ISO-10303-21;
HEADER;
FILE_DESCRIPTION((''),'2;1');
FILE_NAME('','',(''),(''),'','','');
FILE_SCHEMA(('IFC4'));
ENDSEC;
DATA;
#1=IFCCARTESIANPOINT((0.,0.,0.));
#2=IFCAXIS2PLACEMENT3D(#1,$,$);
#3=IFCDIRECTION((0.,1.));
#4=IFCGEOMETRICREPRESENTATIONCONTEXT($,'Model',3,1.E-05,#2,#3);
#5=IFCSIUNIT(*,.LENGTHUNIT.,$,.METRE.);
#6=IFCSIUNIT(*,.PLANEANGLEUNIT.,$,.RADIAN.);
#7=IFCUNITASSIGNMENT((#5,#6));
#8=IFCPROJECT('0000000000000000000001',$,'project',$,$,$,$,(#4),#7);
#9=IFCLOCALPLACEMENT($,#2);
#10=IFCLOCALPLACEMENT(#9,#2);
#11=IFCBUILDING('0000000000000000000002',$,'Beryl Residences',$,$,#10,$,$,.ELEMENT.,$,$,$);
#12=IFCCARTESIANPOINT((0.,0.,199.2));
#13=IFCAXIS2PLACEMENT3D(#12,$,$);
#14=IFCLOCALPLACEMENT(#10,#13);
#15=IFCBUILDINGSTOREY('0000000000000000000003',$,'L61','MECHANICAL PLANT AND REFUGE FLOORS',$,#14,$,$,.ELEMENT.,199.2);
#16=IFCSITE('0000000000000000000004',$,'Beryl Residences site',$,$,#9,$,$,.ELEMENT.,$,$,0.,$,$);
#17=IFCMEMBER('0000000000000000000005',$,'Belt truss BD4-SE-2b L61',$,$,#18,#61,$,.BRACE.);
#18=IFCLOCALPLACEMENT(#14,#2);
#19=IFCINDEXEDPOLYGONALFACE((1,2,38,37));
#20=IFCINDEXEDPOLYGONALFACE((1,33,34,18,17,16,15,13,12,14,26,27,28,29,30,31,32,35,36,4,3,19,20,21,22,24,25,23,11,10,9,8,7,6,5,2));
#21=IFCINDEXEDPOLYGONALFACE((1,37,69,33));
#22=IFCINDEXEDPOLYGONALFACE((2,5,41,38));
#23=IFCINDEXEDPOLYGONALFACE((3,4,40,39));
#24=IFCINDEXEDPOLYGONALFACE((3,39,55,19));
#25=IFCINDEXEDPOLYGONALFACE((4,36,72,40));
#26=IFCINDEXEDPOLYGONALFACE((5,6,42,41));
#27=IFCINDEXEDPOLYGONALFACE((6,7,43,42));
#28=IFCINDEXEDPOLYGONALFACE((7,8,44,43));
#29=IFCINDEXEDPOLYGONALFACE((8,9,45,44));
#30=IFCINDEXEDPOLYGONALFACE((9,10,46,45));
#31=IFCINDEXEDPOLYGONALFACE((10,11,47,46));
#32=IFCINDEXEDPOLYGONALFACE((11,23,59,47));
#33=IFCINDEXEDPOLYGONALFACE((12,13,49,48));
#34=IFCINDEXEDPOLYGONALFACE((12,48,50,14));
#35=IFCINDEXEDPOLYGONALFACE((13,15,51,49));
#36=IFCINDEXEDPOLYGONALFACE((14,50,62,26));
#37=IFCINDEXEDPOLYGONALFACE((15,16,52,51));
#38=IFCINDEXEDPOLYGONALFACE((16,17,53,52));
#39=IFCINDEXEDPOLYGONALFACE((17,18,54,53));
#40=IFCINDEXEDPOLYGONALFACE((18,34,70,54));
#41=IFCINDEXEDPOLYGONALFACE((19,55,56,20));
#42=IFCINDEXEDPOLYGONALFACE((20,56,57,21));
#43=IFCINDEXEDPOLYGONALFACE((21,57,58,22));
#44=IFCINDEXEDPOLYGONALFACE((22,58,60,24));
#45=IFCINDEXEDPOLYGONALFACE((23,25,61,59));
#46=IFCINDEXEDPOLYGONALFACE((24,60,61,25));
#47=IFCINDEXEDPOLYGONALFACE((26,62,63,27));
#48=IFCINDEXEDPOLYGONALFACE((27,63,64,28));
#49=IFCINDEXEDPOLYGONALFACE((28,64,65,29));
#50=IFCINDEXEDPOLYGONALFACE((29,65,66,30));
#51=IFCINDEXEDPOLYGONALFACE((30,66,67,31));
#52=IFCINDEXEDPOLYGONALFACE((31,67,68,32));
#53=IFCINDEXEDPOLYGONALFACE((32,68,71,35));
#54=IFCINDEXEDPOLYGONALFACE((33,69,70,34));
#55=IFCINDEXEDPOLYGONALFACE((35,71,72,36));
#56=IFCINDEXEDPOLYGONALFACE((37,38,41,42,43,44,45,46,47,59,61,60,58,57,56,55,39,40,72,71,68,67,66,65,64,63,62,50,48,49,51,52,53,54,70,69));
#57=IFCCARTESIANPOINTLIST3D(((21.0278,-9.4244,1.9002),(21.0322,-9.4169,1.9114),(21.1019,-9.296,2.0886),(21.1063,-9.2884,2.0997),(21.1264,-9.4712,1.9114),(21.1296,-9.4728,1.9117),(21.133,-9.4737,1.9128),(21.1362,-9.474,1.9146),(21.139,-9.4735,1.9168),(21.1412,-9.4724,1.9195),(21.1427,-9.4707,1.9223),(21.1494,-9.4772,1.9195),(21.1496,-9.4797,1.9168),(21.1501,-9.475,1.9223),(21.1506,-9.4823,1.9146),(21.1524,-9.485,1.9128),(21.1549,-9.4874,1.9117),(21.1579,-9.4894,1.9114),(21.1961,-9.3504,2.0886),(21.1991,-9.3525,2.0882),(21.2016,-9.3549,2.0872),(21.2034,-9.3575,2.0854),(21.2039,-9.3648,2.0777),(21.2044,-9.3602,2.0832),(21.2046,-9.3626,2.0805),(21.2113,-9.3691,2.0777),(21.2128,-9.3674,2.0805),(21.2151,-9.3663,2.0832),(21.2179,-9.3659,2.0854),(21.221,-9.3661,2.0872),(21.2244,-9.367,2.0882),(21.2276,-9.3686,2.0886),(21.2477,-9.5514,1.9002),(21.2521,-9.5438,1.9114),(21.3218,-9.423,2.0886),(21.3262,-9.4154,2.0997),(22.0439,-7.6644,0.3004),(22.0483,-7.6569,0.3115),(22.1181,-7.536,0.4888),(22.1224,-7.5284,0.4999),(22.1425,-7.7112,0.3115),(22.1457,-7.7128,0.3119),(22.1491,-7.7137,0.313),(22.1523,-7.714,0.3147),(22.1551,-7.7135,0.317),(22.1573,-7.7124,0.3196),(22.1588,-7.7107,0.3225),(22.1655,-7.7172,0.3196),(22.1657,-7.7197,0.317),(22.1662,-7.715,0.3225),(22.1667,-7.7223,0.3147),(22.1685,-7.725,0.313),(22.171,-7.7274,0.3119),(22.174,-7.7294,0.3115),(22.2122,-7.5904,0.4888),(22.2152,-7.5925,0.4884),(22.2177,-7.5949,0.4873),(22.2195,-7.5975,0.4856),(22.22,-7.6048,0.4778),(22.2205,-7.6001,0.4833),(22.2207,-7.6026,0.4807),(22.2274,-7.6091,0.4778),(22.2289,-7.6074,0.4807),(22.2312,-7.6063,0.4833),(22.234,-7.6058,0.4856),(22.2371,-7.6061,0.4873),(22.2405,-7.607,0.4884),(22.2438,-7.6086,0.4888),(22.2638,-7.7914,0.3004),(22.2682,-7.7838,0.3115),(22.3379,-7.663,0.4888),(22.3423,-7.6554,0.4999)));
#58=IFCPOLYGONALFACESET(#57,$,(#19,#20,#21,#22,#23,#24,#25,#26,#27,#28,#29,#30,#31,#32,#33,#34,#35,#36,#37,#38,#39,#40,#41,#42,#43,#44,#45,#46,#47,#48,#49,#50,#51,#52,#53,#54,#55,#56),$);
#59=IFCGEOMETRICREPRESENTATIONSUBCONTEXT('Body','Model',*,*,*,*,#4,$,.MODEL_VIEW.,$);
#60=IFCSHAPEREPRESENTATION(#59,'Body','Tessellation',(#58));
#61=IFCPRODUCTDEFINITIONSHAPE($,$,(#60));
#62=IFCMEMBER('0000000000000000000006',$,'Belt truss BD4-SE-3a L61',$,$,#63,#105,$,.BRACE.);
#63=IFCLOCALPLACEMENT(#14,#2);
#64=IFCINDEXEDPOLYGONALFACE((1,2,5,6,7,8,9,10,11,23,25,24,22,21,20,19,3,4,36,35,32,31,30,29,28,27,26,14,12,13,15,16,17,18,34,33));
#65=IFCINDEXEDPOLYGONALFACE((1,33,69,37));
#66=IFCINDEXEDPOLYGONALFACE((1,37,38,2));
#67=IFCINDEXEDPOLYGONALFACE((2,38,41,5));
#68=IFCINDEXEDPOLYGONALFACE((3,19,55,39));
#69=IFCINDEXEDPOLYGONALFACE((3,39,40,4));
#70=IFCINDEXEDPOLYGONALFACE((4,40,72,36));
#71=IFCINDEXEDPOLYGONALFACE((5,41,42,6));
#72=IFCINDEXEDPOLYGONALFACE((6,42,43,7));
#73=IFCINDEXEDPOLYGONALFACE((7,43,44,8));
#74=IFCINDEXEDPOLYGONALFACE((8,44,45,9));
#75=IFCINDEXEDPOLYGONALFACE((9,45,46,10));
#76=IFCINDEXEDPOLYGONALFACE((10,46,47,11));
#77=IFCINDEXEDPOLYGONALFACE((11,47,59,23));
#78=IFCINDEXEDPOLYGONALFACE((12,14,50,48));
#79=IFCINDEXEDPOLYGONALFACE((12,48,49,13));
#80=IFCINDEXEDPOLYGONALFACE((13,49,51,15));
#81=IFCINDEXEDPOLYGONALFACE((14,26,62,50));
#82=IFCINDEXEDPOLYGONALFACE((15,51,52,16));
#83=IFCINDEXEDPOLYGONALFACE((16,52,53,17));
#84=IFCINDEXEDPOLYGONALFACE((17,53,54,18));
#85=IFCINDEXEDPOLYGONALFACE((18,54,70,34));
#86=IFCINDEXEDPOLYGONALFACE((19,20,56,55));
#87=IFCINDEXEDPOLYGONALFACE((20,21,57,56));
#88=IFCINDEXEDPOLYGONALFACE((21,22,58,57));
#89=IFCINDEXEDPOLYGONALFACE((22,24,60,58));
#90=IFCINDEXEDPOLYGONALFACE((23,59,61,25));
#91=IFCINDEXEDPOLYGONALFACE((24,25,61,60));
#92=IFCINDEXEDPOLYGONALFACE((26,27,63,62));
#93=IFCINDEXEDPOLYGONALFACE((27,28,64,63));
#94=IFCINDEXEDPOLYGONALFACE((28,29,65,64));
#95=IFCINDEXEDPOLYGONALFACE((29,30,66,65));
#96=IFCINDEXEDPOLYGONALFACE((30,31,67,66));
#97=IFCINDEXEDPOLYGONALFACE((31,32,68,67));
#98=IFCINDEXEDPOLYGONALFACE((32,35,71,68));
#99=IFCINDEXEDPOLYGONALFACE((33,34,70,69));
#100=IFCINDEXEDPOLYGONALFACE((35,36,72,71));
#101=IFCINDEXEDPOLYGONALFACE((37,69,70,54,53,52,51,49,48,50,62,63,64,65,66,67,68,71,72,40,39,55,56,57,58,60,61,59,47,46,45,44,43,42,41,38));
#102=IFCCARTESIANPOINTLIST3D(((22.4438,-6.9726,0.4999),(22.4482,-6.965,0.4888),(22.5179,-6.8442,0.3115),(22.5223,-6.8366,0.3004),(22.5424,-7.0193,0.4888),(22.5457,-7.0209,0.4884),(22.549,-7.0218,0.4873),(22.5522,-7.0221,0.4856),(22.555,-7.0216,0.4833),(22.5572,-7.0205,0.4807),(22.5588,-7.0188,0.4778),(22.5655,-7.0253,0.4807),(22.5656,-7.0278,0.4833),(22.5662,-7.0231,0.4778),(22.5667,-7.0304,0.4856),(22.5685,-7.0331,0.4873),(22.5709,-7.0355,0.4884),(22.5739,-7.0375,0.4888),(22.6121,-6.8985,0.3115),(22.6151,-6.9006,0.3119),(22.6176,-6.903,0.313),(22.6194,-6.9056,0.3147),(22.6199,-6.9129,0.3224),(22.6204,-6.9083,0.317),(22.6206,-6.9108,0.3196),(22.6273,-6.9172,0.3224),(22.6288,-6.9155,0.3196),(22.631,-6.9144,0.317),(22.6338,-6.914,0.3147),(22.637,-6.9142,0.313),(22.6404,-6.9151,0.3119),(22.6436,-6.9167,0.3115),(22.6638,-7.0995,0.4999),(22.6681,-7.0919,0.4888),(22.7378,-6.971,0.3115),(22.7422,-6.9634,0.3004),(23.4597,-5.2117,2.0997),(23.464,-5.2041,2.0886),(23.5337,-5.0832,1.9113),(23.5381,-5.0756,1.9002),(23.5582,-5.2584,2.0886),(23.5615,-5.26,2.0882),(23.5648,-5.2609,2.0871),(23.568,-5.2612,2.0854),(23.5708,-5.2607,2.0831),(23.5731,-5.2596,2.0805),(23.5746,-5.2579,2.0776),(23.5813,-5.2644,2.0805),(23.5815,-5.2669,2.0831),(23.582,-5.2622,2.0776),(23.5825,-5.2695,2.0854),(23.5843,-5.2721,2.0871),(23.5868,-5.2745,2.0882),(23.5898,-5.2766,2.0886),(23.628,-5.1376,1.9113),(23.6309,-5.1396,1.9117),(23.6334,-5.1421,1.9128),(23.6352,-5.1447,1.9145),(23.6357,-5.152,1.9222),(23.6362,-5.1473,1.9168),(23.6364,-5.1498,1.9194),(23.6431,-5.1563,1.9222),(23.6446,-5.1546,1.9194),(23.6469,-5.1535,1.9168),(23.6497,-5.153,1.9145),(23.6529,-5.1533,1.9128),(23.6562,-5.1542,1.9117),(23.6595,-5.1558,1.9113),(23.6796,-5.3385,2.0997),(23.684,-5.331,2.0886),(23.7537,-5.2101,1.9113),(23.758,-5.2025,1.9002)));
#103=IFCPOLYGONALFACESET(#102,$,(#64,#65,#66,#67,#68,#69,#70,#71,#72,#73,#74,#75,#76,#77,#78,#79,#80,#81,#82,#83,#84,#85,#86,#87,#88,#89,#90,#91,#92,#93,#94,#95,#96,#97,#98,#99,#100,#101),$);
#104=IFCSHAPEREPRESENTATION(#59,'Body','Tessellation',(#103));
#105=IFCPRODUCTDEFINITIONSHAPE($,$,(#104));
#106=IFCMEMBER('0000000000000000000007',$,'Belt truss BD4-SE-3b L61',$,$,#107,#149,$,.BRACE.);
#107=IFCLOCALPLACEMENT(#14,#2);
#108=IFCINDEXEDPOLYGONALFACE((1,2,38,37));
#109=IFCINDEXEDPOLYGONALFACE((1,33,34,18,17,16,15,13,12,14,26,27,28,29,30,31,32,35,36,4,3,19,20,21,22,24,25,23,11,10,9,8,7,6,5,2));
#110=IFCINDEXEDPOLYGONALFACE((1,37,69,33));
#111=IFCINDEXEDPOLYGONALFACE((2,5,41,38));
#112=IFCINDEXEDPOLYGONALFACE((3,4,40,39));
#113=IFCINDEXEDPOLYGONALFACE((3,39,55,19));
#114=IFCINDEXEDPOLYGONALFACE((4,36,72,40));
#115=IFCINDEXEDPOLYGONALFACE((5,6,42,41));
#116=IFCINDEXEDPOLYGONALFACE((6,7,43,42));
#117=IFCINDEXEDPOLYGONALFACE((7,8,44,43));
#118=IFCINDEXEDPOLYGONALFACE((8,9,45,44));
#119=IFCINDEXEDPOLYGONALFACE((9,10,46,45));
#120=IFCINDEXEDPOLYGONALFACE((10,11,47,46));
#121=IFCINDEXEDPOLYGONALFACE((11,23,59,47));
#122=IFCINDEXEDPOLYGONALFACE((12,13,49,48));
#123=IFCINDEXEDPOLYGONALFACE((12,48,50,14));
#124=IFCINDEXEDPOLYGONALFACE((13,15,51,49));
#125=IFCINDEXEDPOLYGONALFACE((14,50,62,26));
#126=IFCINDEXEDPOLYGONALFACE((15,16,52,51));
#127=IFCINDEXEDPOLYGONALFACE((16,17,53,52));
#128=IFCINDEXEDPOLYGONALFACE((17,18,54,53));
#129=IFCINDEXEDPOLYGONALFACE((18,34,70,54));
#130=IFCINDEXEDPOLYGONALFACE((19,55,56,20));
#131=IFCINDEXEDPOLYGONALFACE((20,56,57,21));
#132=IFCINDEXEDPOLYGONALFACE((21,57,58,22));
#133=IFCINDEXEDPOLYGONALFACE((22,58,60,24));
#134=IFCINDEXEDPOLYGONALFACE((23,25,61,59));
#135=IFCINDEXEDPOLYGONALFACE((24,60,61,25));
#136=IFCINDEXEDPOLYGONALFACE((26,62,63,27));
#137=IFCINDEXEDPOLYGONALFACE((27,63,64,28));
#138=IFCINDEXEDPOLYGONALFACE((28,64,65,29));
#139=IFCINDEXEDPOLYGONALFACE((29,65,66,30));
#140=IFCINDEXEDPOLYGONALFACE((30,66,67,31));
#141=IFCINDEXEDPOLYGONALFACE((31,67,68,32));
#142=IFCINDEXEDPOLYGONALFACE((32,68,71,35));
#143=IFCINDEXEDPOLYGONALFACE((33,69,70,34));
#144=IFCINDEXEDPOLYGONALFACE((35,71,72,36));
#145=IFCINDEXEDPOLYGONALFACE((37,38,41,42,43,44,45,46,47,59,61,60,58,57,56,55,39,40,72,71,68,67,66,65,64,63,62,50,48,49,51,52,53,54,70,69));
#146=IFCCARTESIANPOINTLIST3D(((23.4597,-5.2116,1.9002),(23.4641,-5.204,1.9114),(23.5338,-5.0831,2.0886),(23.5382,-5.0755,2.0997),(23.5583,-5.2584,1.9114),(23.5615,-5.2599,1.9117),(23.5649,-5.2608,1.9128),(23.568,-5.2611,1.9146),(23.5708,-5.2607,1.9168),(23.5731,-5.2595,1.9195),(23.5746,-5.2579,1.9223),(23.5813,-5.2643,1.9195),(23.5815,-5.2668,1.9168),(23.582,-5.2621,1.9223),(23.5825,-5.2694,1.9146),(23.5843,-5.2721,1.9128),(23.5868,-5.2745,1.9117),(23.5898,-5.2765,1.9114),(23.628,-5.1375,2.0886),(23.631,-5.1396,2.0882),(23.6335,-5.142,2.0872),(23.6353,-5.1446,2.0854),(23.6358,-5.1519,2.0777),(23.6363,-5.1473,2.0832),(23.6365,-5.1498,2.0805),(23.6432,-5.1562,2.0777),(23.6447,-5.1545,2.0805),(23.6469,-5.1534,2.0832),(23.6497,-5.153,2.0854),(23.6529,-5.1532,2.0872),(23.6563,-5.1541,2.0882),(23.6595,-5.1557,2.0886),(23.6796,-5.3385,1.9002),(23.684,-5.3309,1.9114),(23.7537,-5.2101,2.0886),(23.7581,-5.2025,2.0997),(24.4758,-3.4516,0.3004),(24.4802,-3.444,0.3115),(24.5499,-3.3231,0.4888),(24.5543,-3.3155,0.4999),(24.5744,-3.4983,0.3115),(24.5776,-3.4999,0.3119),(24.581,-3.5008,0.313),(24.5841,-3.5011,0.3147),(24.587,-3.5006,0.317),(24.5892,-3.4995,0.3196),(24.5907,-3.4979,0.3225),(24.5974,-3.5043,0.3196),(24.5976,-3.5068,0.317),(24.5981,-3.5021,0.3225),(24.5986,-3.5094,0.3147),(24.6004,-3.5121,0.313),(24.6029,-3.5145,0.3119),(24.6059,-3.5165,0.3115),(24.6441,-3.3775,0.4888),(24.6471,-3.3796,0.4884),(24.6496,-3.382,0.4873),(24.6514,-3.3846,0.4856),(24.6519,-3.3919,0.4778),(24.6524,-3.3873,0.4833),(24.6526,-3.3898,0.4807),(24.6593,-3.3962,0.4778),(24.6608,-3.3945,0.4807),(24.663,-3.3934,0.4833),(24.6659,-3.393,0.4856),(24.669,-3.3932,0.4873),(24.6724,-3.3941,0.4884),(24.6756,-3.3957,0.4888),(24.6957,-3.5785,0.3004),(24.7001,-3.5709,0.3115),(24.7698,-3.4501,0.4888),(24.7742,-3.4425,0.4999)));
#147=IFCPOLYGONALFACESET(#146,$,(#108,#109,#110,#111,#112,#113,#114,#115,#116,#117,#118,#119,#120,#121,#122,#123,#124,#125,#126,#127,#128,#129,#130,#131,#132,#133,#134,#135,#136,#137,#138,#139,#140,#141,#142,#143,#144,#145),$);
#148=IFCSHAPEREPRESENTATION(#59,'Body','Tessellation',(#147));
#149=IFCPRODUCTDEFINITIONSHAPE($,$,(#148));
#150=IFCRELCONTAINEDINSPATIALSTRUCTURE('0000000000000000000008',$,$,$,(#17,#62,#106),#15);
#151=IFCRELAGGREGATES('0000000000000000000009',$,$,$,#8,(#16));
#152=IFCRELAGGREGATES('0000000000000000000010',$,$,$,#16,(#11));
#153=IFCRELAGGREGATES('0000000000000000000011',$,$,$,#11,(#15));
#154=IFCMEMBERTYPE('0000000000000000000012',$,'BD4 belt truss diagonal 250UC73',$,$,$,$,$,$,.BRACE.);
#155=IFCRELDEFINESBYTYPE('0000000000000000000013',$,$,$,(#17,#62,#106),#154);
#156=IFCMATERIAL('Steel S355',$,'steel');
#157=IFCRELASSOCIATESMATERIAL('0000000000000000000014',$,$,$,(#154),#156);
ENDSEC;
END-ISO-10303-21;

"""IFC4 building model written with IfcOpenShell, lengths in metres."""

from ifc_helpers import new_model, si_unit, direction, frame, origin, origin_2d, place, context, subcontext, project, spatial, i_section, extrude, material, material_profile, profile_set, type_object, element, save


model = new_model("IFC4")

# Units and contexts
model_context = context("Model", 3, precision=1e-05, world=origin(), true_north=direction((0.0, 1.0)))
body_context = subcontext(model_context, "Body", "Model", "MODEL_VIEW")
ifc_project = project(units=[si_unit("LENGTHUNIT", "METRE"), si_unit("PLANEANGLEUNIT", "RADIAN")], contexts=[model_context])

# Site, building, storey
site_placement = place(None, origin())
site = spatial("IfcSite", under=ifc_project, at=site_placement, Name="Beryl Residences site", CompositionType="ELEMENT", RefElevation=0.0)
building_placement = place(site_placement, origin())
building = spatial("IfcBuilding", under=site, at=building_placement, Name="Beryl Residences", CompositionType="ELEMENT")
storey_placement = place(building_placement, frame((0.0, 0.0, 199.2)))
storey = spatial("IfcBuildingStorey", under=building, at=storey_placement, Name="L61", Description="MECHANICAL PLANT AND REFUGE FLOORS", CompositionType="ELEMENT", Elevation=199.2)

# Members
ifc_material_1 = material(Name="Steel S355", Category="steel")
ifc_material_profile_1 = material_profile(ifc_material_1, i_section(OverallWidth=0.2539, OverallDepth=0.2539, WebThickness=0.0085, FlangeThickness=0.0142, FilletRadius=0.0139, at=origin_2d()))
ifc_profile_set_1 = profile_set([ifc_material_profile_1], Name="Steel S355")
member_type_1 = type_object("IfcMemberType", Name="BD4 belt truss diagonal 250UC73", PredefinedType="BRACE", material=ifc_profile_set_1)
for number, where, z_axis, x_axis, name in (
    (1, (22.1931, -7.6599, 0.4001), (-0.392862, -0.680477, 0.618555), (0.866032, -0.499989, 0.0), "Belt truss BD4-SE-2b L61"),
):
    element("IfcMember", number, at=place(storey_placement, frame(where, z_axis=z_axis, x_axis=x_axis)), inside=storey, type_object=member_type_1, Name=name, PredefinedType="BRACE", context=body_context, shape_type="SweptSolid", body=[
        extrude(i_section(OverallWidth=0.2539, OverallDepth=0.2539, WebThickness=0.0085, FlangeThickness=0.0142, FilletRadius=0.0139, at=origin_2d()), origin(), (0.0, 0.0, 1.0), 2.5864),
    ])
member_1_placement = place(storey_placement, frame((22.593, -6.968, 0.4001), z_axis=(0.392682, 0.680705, 0.618419), x_axis=(-0.866204, 0.499691, 0.0)))
element("IfcMember", 2, at=member_1_placement, inside=storey, type_object=member_type_1, Name="Belt truss BD4-SE-3a L61", PredefinedType="BRACE", context=body_context, shape_type="SweptSolid", body=[
    extrude(i_section(OverallWidth=0.2539, OverallDepth=0.2539, WebThickness=0.0085, FlangeThickness=0.0142, FilletRadius=0.0139, at=origin_2d()), origin(), (0.0, 0.0, 1.0), 2.5869),
])
member_2_placement = place(storey_placement, frame((24.625, -3.447, 0.4001), z_axis=(-0.392862, -0.680477, 0.618555), x_axis=(0.866032, -0.499989, 0.0)))
element("IfcMember", 3, at=member_2_placement, inside=storey, type_object=member_type_1, Name="Belt truss BD4-SE-3b L61", PredefinedType="BRACE", context=body_context, shape_type="SweptSolid", body=[
    extrude(i_section(OverallWidth=0.2539, OverallDepth=0.2539, WebThickness=0.0085, FlangeThickness=0.0142, FilletRadius=0.0139, at=origin_2d()), origin(), (0.0, 0.0, 1.0), 2.5864),
])

save(model, "model.ifc")
